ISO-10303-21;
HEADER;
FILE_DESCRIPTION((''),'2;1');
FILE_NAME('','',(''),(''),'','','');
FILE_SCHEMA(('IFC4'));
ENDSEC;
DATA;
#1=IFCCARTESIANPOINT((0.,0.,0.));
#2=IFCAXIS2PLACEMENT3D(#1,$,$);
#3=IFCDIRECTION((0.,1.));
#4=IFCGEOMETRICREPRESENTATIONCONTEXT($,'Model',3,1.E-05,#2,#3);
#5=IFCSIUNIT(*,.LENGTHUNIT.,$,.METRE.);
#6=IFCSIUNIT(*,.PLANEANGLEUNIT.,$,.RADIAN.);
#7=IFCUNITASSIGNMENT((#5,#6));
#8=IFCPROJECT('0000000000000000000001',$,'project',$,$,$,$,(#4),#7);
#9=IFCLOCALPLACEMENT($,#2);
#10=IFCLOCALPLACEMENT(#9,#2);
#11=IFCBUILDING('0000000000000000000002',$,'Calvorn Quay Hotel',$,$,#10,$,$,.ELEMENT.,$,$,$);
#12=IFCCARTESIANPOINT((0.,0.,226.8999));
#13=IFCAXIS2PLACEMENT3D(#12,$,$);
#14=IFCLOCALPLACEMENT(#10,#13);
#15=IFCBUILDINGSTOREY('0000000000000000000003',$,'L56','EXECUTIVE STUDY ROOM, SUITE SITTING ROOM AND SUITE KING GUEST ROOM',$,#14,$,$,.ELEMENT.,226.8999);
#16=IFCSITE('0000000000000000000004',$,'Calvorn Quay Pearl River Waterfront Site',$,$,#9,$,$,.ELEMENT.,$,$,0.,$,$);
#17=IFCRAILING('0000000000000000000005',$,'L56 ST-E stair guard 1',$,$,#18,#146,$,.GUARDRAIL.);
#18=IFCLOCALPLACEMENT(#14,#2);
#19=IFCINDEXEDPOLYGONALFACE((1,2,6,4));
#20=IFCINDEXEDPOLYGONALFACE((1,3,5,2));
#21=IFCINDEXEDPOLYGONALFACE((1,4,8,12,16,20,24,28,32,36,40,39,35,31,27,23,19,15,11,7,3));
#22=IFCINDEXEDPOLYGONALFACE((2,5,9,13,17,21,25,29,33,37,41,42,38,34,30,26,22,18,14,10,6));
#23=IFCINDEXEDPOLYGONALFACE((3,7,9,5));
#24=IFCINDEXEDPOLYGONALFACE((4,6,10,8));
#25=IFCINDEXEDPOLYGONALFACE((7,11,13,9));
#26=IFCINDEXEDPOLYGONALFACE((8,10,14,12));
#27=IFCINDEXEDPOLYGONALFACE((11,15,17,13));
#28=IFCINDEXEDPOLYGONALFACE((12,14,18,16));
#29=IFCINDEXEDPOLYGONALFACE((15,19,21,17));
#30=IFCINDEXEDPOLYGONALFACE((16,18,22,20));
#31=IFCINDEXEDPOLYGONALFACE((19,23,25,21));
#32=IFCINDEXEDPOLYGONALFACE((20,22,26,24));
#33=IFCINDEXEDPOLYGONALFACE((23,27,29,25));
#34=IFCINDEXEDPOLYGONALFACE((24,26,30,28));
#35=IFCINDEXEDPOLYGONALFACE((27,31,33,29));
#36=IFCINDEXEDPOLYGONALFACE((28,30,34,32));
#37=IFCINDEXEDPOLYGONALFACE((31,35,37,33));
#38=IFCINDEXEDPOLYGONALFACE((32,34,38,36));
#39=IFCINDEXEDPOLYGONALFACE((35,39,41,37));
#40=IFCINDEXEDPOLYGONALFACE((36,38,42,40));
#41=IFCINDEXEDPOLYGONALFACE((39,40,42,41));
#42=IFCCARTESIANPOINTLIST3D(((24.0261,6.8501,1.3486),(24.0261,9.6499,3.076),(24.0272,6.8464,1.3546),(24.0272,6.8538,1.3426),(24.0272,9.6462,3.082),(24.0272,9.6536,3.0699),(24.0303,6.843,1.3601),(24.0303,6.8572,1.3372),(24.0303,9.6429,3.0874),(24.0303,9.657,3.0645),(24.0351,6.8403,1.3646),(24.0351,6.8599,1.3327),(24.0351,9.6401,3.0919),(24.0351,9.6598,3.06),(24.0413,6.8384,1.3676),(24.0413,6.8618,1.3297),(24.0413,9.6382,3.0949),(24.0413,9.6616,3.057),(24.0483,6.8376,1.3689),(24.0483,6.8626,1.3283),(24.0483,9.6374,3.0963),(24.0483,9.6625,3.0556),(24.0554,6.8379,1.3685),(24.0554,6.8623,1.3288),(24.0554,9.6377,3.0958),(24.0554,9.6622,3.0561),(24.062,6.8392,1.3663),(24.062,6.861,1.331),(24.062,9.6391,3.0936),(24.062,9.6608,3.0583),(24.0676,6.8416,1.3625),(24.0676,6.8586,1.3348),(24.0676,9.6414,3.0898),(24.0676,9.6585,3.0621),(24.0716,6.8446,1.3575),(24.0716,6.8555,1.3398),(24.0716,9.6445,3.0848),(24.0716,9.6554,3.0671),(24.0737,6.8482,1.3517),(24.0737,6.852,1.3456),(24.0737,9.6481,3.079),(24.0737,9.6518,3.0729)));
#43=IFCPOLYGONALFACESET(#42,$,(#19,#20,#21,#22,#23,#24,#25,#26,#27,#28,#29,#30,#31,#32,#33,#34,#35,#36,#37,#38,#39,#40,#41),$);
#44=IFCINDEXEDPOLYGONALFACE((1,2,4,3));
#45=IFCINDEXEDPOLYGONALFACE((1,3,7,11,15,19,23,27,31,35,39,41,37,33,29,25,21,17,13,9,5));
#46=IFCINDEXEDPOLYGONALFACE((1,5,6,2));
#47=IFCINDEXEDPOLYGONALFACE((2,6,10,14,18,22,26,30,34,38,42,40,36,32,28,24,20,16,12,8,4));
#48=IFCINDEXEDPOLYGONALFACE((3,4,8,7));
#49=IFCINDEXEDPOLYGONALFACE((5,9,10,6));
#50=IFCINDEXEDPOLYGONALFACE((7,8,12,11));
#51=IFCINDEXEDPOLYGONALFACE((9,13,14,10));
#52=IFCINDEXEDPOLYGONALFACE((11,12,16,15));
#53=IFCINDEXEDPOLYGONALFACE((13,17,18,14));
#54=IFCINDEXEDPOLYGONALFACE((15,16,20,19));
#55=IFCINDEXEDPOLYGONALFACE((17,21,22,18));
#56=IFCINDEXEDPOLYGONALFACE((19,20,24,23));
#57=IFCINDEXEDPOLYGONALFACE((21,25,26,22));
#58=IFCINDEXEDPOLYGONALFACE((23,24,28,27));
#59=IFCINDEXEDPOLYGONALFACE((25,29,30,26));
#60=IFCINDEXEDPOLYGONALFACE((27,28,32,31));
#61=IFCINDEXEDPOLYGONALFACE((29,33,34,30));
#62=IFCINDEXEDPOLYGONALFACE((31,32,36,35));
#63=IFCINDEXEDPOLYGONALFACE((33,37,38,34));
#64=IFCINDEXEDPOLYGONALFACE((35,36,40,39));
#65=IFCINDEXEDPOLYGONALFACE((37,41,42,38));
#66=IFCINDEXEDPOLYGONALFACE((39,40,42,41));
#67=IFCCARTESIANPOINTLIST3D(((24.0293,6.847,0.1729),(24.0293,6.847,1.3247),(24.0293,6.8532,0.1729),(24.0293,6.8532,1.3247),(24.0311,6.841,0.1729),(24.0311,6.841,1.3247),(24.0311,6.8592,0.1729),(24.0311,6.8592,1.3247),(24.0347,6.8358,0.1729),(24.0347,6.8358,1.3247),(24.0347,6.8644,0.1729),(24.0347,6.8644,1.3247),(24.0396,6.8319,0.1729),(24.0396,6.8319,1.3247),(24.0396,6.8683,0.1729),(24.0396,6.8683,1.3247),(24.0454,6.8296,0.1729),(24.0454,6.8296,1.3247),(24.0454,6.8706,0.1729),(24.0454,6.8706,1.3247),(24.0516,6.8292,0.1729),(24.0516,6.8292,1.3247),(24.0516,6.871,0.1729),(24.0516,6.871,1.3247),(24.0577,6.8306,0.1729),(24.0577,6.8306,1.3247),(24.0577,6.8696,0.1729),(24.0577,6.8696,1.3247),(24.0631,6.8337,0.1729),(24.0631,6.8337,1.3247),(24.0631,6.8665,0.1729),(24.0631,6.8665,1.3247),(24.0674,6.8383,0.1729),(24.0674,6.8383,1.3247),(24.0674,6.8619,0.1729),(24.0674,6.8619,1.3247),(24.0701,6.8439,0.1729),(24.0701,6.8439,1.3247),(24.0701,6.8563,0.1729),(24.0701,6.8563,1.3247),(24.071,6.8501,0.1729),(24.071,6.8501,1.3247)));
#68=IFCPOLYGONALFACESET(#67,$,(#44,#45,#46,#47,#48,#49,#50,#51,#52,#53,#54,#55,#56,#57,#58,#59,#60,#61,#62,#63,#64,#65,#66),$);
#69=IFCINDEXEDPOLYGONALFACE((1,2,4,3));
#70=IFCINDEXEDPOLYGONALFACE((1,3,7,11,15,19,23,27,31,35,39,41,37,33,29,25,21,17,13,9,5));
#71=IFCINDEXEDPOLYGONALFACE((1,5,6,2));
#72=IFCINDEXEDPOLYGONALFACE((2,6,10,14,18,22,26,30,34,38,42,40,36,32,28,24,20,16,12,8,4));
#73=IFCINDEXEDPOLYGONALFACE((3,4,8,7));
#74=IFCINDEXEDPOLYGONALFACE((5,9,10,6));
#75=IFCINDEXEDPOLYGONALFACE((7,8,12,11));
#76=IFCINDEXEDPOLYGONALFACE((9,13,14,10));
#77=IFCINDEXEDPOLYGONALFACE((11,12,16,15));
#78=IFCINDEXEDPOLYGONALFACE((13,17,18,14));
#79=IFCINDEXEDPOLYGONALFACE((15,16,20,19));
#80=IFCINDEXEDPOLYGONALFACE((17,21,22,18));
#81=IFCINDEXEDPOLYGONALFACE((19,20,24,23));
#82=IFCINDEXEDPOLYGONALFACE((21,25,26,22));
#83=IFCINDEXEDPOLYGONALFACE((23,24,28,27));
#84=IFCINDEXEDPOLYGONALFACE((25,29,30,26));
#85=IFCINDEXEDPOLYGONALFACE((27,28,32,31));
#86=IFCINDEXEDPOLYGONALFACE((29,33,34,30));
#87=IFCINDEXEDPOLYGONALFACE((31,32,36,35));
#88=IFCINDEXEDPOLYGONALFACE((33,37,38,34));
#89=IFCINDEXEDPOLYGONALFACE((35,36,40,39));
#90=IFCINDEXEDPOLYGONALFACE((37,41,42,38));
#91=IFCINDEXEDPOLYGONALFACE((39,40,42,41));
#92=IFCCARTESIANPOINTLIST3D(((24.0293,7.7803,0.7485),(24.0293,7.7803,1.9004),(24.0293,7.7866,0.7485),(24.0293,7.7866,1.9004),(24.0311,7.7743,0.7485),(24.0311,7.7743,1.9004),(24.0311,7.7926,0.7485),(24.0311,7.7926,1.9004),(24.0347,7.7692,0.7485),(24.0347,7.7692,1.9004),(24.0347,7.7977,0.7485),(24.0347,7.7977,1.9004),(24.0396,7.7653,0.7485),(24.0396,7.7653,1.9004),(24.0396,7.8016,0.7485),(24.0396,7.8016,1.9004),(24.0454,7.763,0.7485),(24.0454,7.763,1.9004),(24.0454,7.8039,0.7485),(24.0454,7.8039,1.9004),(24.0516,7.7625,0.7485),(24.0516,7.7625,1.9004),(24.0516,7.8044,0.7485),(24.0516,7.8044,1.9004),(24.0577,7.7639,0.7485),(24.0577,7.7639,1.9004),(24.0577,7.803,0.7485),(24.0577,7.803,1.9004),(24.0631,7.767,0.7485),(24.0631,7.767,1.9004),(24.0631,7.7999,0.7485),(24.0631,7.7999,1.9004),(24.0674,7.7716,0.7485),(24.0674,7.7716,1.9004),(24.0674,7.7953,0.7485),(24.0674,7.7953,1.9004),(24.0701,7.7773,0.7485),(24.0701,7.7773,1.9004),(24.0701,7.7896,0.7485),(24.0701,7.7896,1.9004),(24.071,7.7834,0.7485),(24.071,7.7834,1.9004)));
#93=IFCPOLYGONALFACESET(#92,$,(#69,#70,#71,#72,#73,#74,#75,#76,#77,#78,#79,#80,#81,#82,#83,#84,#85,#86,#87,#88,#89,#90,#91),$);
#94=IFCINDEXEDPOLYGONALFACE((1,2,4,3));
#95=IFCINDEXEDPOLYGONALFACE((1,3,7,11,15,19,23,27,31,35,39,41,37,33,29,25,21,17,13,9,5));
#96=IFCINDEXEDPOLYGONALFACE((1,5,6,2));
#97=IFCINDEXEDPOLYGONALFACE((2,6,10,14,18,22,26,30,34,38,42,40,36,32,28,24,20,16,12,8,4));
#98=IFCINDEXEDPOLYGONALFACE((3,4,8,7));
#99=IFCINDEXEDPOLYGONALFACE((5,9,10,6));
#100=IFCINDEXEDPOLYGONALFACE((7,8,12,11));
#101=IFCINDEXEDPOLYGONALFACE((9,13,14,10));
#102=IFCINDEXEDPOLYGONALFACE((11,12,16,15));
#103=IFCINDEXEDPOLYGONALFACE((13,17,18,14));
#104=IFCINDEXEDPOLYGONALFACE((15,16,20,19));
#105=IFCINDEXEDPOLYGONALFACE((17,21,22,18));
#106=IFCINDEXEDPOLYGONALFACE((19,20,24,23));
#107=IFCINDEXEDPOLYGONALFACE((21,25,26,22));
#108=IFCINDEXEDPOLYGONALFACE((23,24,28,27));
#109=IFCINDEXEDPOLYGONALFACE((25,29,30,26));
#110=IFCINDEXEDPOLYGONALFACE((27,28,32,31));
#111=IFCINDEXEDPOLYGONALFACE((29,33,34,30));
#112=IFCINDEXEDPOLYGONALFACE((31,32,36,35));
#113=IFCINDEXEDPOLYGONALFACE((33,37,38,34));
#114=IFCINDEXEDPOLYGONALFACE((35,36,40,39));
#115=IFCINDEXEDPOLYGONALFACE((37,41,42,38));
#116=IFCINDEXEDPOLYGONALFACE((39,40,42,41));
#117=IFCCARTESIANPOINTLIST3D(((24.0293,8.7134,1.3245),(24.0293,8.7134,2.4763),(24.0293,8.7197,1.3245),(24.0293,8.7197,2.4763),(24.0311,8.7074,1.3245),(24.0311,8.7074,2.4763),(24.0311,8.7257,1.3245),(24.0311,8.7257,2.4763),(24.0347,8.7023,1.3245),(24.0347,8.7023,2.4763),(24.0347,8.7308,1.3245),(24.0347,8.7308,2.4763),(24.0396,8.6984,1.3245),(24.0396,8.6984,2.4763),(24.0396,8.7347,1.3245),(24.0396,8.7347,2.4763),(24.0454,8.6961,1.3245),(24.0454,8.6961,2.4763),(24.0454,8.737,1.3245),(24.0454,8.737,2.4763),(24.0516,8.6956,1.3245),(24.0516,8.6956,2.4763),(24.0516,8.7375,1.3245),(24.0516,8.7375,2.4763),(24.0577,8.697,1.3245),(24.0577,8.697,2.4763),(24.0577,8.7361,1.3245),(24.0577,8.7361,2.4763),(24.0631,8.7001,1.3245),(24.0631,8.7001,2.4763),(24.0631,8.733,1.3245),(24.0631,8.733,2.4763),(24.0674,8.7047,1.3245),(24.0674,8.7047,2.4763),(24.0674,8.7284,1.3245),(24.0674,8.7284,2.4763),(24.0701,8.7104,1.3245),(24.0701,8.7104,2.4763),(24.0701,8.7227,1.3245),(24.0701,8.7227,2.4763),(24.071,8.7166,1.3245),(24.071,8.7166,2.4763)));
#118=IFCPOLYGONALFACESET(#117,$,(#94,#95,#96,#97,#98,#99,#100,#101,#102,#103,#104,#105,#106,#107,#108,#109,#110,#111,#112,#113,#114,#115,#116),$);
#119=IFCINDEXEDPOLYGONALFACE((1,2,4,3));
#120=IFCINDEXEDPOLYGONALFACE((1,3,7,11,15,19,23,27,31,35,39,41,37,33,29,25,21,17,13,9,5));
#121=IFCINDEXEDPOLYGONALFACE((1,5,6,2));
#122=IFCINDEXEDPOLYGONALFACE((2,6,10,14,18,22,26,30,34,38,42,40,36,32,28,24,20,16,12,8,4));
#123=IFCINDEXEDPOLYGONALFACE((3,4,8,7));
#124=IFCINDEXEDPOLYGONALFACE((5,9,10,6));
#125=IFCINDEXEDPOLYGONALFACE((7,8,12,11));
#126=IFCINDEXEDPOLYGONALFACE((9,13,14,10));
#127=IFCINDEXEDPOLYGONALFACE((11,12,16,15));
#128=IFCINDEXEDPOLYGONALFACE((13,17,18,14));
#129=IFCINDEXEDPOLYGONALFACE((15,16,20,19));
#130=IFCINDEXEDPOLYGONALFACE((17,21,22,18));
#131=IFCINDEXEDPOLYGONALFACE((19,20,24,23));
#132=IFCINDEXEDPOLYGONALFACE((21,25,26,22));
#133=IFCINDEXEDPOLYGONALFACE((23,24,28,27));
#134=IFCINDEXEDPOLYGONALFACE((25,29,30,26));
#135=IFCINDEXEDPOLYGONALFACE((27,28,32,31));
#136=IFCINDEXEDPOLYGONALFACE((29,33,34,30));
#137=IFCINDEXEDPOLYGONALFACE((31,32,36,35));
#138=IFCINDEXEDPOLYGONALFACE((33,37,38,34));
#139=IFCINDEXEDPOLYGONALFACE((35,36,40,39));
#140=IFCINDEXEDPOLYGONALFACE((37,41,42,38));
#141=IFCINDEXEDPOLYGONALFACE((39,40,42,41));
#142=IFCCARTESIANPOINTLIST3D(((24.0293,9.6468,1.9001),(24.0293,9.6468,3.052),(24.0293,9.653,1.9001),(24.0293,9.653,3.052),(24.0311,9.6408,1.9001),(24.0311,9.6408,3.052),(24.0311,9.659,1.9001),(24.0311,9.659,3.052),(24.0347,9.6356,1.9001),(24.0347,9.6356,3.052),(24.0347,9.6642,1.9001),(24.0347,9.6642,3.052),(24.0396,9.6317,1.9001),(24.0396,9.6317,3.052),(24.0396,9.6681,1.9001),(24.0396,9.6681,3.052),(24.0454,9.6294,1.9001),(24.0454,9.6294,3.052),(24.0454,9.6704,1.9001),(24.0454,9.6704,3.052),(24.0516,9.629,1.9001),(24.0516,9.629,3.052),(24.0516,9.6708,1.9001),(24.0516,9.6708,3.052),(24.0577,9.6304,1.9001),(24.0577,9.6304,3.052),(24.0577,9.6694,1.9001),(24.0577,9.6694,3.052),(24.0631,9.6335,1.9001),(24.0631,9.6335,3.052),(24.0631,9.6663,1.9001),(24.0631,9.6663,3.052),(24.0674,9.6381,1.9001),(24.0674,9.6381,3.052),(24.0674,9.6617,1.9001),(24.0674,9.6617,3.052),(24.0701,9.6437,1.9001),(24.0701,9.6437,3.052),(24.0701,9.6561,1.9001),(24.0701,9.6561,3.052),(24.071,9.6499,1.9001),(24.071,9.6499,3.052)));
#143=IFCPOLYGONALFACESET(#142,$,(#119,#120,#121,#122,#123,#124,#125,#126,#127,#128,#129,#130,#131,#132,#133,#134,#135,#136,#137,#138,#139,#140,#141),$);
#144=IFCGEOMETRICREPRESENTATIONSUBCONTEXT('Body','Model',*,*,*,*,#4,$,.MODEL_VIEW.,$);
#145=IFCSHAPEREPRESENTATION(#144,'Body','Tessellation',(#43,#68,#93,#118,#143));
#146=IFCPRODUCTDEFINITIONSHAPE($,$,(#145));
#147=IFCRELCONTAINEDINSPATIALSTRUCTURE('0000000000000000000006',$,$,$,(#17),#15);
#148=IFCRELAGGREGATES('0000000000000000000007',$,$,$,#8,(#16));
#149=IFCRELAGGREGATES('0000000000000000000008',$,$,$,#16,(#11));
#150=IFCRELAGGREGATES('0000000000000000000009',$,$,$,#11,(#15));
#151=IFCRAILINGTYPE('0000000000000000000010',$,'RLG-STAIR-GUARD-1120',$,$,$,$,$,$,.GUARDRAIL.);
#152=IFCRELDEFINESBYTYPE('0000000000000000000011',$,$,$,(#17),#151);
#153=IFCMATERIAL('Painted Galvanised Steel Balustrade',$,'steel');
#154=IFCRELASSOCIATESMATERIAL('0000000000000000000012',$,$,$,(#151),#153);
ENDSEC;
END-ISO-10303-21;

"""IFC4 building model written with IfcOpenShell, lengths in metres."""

from ifc_helpers import new_model, si_unit, direction, frame, origin, origin_2d, place, context, subcontext, project, spatial, circle, extrude, material, type_object, element, save


model = new_model("IFC4")

# Units and contexts
model_context = context("Model", 3, precision=1e-05, world=origin(), true_north=direction((0.0, 1.0)))
body_context = subcontext(model_context, "Body", "Model", "MODEL_VIEW")
ifc_project = project(units=[si_unit("LENGTHUNIT", "METRE"), si_unit("PLANEANGLEUNIT", "RADIAN")], contexts=[model_context])

# Site, building, storey
site_placement = place(None, origin())
site = spatial("IfcSite", under=ifc_project, at=site_placement, Name="Calvorn Quay Pearl River Waterfront Site", CompositionType="ELEMENT", RefElevation=0.0)
building_placement = place(site_placement, origin())
building = spatial("IfcBuilding", under=site, at=building_placement, Name="Calvorn Quay Hotel", CompositionType="ELEMENT")
storey_placement = place(building_placement, frame((0.0, 0.0, 226.8999)))
storey = spatial("IfcBuildingStorey", under=building, at=storey_placement, Name="L56", Description="EXECUTIVE STUDY ROOM, SUITE SITTING ROOM AND SUITE KING GUEST ROOM", CompositionType="ELEMENT", Elevation=226.8999)

# Railing
ifc_material_1 = material(Name="Painted Galvanised Steel Balustrade", Category="steel")
railing_type_1 = type_object("IfcRailingType", Name="RLG-STAIR-GUARD-1120", PredefinedType="GUARDRAIL", material=ifc_material_1)
railing_1_placement = place(storey_placement, frame((24.05, 6.8501, 0.1729)))
element("IfcRailing", 1, at=railing_1_placement, inside=storey, type_object=railing_type_1, Name="L56 ST-E stair guard 1", PredefinedType="GUARDRAIL", context=body_context, shape_type="SweptSolid", body=[
    extrude(circle(Radius=0.0239, at=origin_2d()), frame((0.0, 0.0, 1.1758), z_axis=(0.0, 0.851069, 0.525054), x_axis=(-1.0, 0.0, 0.0)), (0.0, 0.0, 1.0), 3.2898),
    extrude(circle(Radius=0.021, at=origin_2d()), origin(), (0.0, 0.0, 1.0), 1.1519),
    extrude(circle(Radius=0.021, at=origin_2d()), frame((0.0, 0.9333, 0.5757)), (0.0, 0.0, 1.0), 1.1519),
    extrude(circle(Radius=0.021, at=origin_2d()), frame((0.0, 1.8665, 1.1516)), (0.0, 0.0, 1.0), 1.1519),
    extrude(circle(Radius=0.021, at=origin_2d()), frame((0.0, 2.7998, 1.7273)), (0.0, 0.0, 1.0), 1.1519),
])

save(model, "model.ifc")
